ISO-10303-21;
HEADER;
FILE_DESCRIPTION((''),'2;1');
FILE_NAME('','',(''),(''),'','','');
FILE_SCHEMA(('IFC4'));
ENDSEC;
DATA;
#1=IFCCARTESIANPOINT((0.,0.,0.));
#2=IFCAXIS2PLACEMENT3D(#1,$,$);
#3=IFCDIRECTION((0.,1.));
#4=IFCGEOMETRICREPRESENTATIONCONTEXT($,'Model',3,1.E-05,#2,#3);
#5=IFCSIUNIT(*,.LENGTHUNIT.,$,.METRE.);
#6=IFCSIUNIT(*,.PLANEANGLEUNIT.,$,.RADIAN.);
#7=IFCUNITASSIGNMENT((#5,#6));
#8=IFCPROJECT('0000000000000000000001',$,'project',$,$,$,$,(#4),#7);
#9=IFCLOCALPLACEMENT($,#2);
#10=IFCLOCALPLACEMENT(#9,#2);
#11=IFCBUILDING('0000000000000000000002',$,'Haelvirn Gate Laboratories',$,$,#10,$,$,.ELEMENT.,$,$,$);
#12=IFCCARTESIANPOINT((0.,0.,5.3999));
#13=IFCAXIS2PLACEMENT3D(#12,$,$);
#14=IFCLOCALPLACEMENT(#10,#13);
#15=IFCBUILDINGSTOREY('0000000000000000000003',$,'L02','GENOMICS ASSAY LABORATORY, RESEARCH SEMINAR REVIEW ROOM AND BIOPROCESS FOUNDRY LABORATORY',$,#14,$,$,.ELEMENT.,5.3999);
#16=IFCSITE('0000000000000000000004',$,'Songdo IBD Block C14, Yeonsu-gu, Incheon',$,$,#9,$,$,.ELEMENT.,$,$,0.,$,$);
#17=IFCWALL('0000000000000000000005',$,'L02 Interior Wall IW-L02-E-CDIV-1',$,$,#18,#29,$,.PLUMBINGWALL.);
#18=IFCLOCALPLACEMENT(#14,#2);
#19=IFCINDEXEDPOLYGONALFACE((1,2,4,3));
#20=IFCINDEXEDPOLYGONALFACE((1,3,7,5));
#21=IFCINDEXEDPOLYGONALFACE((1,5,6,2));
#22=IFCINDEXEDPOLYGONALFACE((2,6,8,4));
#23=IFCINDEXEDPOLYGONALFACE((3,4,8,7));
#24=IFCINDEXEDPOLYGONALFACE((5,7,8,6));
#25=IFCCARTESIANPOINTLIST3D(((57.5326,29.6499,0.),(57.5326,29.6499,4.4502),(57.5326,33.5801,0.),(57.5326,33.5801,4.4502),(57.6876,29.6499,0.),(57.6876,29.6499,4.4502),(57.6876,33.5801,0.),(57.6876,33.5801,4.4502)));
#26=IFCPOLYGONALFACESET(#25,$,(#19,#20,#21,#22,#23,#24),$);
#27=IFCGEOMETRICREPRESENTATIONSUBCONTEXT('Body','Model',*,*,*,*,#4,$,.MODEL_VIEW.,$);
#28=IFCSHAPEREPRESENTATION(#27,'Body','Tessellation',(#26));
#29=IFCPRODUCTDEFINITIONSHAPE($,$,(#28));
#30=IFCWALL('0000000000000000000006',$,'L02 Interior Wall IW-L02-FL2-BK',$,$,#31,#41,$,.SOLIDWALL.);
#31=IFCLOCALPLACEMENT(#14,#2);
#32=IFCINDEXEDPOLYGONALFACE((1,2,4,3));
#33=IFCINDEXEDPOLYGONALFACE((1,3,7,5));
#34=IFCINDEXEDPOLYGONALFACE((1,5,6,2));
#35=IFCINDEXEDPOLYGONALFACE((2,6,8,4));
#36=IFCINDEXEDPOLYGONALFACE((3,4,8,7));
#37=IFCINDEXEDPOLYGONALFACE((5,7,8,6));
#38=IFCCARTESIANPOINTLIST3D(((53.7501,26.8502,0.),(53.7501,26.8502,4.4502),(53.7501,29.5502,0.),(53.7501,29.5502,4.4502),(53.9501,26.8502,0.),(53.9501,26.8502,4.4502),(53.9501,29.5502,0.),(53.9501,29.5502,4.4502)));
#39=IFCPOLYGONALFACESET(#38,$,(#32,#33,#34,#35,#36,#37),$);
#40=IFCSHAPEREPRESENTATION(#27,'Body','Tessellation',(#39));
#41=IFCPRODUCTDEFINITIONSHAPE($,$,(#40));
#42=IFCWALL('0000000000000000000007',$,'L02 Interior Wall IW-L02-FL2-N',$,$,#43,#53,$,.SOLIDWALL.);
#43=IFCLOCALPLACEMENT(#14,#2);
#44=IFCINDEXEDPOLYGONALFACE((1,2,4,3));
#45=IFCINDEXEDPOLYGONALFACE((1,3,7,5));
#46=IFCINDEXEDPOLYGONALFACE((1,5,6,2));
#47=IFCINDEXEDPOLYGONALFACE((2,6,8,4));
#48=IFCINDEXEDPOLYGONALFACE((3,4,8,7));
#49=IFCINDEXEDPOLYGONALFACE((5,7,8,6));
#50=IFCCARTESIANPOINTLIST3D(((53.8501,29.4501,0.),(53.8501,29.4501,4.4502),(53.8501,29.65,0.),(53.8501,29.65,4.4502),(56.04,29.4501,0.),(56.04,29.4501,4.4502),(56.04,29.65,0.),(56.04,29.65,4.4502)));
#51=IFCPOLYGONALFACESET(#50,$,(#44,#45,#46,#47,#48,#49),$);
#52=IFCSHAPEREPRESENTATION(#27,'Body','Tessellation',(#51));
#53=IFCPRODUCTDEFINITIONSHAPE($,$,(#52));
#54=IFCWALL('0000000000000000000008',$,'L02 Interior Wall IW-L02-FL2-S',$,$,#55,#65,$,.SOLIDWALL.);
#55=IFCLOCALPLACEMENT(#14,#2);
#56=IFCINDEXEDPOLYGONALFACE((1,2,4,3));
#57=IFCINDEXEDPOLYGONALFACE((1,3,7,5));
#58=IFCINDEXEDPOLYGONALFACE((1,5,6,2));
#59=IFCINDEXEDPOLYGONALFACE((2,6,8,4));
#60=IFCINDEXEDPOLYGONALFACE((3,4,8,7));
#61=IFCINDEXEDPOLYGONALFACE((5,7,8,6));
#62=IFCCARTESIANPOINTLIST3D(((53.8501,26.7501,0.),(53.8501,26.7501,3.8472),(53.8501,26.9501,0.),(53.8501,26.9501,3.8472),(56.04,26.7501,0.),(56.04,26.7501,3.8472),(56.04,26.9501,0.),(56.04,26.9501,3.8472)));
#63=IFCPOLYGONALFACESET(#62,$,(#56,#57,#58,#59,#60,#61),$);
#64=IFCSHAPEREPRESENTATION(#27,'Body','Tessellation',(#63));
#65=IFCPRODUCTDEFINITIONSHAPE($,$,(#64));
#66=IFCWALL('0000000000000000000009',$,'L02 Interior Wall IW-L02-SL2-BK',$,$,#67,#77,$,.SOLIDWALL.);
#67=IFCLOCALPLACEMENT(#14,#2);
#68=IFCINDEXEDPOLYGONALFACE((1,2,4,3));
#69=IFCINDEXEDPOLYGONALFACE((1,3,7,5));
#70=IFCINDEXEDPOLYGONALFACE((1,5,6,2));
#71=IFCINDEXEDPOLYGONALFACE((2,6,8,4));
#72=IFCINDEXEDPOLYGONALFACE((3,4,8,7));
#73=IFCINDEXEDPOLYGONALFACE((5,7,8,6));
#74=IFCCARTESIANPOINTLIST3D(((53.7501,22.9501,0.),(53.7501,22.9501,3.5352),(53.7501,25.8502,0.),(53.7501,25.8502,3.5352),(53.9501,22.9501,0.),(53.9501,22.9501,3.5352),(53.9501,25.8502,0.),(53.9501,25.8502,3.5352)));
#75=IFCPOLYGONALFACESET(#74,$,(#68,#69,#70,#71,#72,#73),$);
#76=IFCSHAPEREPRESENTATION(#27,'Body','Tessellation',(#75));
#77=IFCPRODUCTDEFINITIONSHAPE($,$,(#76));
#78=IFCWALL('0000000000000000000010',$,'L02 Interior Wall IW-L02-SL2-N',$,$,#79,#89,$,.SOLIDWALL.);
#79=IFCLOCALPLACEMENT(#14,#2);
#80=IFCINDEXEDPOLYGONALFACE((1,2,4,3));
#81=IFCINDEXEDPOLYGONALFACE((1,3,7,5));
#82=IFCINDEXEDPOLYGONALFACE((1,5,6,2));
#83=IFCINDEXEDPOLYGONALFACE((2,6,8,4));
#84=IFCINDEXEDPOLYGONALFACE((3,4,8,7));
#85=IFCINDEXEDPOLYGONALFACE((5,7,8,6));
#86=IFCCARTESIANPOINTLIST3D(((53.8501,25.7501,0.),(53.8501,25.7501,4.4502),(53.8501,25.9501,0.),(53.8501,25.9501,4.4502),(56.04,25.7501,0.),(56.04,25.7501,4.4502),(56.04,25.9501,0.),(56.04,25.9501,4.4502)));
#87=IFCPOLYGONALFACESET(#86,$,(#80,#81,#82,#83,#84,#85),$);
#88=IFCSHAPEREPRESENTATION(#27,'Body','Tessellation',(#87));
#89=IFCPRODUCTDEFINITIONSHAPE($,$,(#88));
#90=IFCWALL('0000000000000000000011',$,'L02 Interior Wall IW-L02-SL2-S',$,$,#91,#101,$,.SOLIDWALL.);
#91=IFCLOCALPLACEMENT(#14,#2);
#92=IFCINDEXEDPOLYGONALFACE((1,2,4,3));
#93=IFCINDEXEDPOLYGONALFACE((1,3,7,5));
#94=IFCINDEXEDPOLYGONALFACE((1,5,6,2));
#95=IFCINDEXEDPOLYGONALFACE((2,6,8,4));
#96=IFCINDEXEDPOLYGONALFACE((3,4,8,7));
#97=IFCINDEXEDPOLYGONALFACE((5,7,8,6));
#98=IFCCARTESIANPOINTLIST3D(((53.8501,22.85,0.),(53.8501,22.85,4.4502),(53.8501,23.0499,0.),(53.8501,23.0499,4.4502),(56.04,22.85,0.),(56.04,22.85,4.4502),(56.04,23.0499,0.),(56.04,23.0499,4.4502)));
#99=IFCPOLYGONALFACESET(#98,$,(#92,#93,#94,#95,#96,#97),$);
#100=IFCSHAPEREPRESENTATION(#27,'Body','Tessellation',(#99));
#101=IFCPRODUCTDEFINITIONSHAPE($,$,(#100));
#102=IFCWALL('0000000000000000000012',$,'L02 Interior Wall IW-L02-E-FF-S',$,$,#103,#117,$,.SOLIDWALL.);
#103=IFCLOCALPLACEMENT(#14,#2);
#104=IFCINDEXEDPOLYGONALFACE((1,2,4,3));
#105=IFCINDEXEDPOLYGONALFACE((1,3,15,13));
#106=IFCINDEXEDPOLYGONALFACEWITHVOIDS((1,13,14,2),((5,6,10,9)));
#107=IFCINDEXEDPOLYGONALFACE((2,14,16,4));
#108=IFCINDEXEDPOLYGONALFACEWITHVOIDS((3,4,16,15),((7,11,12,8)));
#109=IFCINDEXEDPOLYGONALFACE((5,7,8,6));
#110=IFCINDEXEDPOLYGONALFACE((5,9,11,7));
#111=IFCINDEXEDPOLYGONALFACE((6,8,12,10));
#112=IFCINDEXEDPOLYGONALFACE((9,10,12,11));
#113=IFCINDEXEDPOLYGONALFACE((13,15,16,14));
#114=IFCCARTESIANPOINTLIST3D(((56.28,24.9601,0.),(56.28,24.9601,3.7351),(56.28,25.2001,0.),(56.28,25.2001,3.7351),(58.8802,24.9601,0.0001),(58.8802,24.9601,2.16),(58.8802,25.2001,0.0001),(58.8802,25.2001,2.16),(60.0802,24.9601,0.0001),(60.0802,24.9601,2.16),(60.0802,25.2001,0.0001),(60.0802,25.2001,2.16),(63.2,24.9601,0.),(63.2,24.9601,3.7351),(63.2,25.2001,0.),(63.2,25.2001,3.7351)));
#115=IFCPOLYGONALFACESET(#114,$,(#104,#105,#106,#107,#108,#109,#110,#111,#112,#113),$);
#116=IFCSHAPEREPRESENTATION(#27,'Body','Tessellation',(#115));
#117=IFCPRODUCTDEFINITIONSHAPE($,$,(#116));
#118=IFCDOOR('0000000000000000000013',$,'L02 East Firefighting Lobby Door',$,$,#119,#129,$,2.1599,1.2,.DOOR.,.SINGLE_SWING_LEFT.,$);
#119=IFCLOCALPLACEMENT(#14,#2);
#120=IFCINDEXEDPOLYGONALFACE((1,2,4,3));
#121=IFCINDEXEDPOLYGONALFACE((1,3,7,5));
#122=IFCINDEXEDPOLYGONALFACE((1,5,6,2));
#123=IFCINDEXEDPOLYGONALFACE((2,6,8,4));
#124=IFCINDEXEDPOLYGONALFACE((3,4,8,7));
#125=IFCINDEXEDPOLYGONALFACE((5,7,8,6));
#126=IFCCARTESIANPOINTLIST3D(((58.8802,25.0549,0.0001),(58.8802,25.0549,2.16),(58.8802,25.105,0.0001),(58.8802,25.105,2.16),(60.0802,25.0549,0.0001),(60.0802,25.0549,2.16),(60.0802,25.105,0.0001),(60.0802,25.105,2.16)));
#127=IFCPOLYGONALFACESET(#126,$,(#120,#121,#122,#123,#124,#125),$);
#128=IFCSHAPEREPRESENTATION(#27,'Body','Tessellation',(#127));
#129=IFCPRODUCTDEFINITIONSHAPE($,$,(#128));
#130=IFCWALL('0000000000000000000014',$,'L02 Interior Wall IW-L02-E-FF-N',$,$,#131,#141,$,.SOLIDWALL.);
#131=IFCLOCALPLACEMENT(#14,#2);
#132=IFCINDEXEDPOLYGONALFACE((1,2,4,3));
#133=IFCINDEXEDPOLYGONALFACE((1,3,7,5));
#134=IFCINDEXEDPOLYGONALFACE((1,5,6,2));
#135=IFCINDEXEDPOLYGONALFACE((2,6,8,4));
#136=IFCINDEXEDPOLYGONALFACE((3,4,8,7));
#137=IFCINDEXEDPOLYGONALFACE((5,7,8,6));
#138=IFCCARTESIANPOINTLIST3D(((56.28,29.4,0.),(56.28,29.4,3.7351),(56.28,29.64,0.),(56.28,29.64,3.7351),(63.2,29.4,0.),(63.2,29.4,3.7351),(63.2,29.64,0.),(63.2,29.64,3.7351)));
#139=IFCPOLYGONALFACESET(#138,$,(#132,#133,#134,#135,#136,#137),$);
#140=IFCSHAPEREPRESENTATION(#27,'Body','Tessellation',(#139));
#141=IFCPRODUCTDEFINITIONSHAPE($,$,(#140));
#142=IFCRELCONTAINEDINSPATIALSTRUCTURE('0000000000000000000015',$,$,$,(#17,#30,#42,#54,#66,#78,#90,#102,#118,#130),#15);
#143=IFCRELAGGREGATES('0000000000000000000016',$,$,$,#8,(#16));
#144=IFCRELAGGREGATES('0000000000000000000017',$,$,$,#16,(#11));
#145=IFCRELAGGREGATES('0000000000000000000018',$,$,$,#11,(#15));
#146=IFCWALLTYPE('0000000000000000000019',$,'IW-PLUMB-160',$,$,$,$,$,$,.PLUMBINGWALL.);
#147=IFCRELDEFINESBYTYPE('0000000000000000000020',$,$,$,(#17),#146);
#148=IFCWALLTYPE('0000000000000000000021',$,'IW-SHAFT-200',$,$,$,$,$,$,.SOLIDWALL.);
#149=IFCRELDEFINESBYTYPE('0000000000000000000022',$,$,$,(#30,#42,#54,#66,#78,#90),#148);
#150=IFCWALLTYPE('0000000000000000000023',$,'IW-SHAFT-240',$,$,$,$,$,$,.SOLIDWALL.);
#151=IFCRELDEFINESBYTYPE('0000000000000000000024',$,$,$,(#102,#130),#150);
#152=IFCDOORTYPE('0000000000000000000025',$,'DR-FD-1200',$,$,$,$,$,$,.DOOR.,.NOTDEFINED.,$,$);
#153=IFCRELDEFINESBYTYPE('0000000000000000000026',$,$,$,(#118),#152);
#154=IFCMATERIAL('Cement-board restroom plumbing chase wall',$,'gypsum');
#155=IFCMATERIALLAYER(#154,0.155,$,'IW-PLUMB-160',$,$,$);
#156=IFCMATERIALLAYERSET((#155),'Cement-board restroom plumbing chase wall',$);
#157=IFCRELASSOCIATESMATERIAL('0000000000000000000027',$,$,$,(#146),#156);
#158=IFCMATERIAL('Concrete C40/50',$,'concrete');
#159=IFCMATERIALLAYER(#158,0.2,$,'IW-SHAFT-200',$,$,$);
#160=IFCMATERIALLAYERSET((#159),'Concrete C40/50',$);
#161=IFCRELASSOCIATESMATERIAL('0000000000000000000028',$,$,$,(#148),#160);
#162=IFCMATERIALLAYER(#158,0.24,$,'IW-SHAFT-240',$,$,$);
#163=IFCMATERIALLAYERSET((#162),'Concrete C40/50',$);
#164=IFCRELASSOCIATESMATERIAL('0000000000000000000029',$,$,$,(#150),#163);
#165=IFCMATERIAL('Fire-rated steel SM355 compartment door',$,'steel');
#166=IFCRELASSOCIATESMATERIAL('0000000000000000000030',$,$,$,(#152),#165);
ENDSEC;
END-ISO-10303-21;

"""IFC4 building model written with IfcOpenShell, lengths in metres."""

from ifc_helpers import new_model, si_unit, direction, frame, frame_2d, origin, place, context, subcontext, project, spatial, rectangle, extrude, source, transform, mapped, material, layer, layer_set, type_object, type_shapes, element, fill, save


model = new_model("IFC4")

# Units and contexts
model_context = context("Model", 3, precision=1e-05, world=origin(), true_north=direction((0.0, 1.0)))
body_context = subcontext(model_context, "Body", "Model", "MODEL_VIEW")
ifc_project = project(units=[si_unit("LENGTHUNIT", "METRE"), si_unit("PLANEANGLEUNIT", "RADIAN")], contexts=[model_context])

# Site, building, storey
site_placement = place(None, origin())
site = spatial("IfcSite", under=ifc_project, at=site_placement, Name="Songdo IBD Block C14, Yeonsu-gu, Incheon", CompositionType="ELEMENT", RefElevation=0.0)
building_placement = place(site_placement, origin())
building = spatial("IfcBuilding", under=site, at=building_placement, Name="Haelvirn Gate Laboratories", CompositionType="ELEMENT")
storey_placement = place(building_placement, frame((0.0, 0.0, 5.3999)))
storey = spatial("IfcBuildingStorey", under=building, at=storey_placement, Name="L02", Description="GENOMICS ASSAY LABORATORY, RESEARCH SEMINAR REVIEW ROOM AND BIOPROCESS FOUNDRY LABORATORY", CompositionType="ELEMENT", Elevation=5.3999)

# Walls
ifc_material_1 = material(Name="Cement-board restroom plumbing chase wall", Category="gypsum")
ifc_layer_1 = layer(ifc_material_1, 0.155, Name="IW-PLUMB-160")
ifc_layer_set_1 = layer_set([ifc_layer_1], Name="Cement-board restroom plumbing chase wall")
wall_type_1 = type_object("IfcWallType", Name="IW-PLUMB-160", PredefinedType="PLUMBINGWALL", material=ifc_layer_set_1)
wall_1_placement = place(storey_placement, frame((57.6101, 29.6499, 0.0), z_axis=(0.0, 0.0, 1.0), x_axis=(0.0, 1.0, 0.0)))
element("IfcWall", 1, at=wall_1_placement, inside=storey, type_object=wall_type_1, Name="L02 Interior Wall IW-L02-E-CDIV-1", PredefinedType="PLUMBINGWALL", context=body_context, shape_type="SweptSolid", body=[
    extrude(rectangle(XDim=3.9302, YDim=0.155, at=frame_2d((1.9651, 0.0))), origin(), (0.0, 0.0, 1.0), 4.4502),
])
ifc_material_2 = material(Name="Concrete C40/50", Category="concrete")
ifc_layer_2 = layer(ifc_material_2, 0.2, Name="IW-SHAFT-200")
ifc_layer_set_2 = layer_set([ifc_layer_2], Name="Concrete C40/50")
wall_type_2 = type_object("IfcWallType", Name="IW-SHAFT-200", PredefinedType="SOLIDWALL", material=ifc_layer_set_2)
wall_2_placement = place(storey_placement, frame((53.8501, 26.8501, 0.0), z_axis=(0.0, 0.0, 1.0), x_axis=(0.0, 1.0, 0.0)))
element("IfcWall", 2, at=wall_2_placement, inside=storey, type_object=wall_type_2, Name="L02 Interior Wall IW-L02-FL2-BK", PredefinedType="SOLIDWALL", context=body_context, shape_type="SweptSolid", body=[
    extrude(rectangle(XDim=2.7, YDim=0.2, at=frame_2d((1.3501, 0.0))), origin(), (0.0, 0.0, 1.0), 4.4502),
])
wall_3_placement = place(storey_placement, frame((53.8501, 29.55, 0.0), z_axis=(0.0, 0.0, 1.0), x_axis=(1.0, 0.0, 0.0)))
element("IfcWall", 3, at=wall_3_placement, inside=storey, type_object=wall_type_2, Name="L02 Interior Wall IW-L02-FL2-N", PredefinedType="SOLIDWALL", context=body_context, shape_type="SweptSolid", body=[
    extrude(rectangle(XDim=2.1899, YDim=0.2, at=frame_2d((1.095, 0.0))), origin(), (0.0, 0.0, 1.0), 4.4502),
])
wall_4_placement = place(storey_placement, frame((53.8501, 26.8501, 0.0), z_axis=(0.0, 0.0, 1.0), x_axis=(1.0, 0.0, 0.0)))
element("IfcWall", 4, at=wall_4_placement, inside=storey, type_object=wall_type_2, Name="L02 Interior Wall IW-L02-FL2-S", PredefinedType="SOLIDWALL", context=body_context, shape_type="SweptSolid", body=[
    extrude(rectangle(XDim=2.1899, YDim=0.2, at=frame_2d((1.095, 0.0))), origin(), (0.0, 0.0, 1.0), 3.8472),
])
wall_5_placement = place(storey_placement, frame((53.8501, 22.95, 0.0), z_axis=(0.0, 0.0, 1.0), x_axis=(0.0, 1.0, 0.0)))
element("IfcWall", 5, at=wall_5_placement, inside=storey, type_object=wall_type_2, Name="L02 Interior Wall IW-L02-SL2-BK", PredefinedType="SOLIDWALL", context=body_context, shape_type="SweptSolid", body=[
    extrude(rectangle(XDim=2.9001, YDim=0.2, at=frame_2d((1.4502, 0.0))), origin(), (0.0, 0.0, 1.0), 3.5352),
])
for number, where, z_axis, x_axis, name in (
    (6, (53.8501, 25.8501, 0.0), (0.0, 0.0, 1.0), (1.0, 0.0, 0.0), "L02 Interior Wall IW-L02-SL2-N"),
    (7, (53.8501, 22.95, 0.0), (0.0, 0.0, 1.0), (1.0, 0.0, 0.0), "L02 Interior Wall IW-L02-SL2-S"),
):
    element("IfcWall", number, at=place(storey_placement, frame(where, z_axis=z_axis, x_axis=x_axis)), inside=storey, type_object=wall_type_2, Name=name, PredefinedType="SOLIDWALL", context=body_context, shape_type="SweptSolid", body=[
        extrude(rectangle(XDim=2.1899, YDim=0.2, at=frame_2d((1.095, 0.0))), origin(), (0.0, 0.0, 1.0), 4.4502),
    ])

# Wall, opening, door
ifc_layer_3 = layer(ifc_material_2, 0.24, Name="IW-SHAFT-240")
ifc_layer_set_3 = layer_set([ifc_layer_3], Name="Concrete C40/50")
wall_type_3 = type_object("IfcWallType", Name="IW-SHAFT-240", PredefinedType="SOLIDWALL", material=ifc_layer_set_3)
wall_6_placement = place(storey_placement, frame((56.28, 25.0801, 0.0), z_axis=(0.0, 0.0, 1.0), x_axis=(1.0, 0.0, 0.0)))
wall_6 = element("IfcWall", 8, at=wall_6_placement, inside=storey, type_object=wall_type_3, Name="L02 Interior Wall IW-L02-E-FF-S", PredefinedType="SOLIDWALL", context=body_context, shape_type="SweptSolid", body=[
    extrude(rectangle(XDim=6.9199, YDim=0.24, at=frame_2d((3.46, 0.0))), origin(), (0.0, 0.0, 1.0), 3.7351),
])
opening_1_placement = place(wall_6_placement, frame((2.6001, 0.0, 0.0)))
opening_1 = element("IfcOpeningElement", 9, at=opening_1_placement, cuts=wall_6, PredefinedType="OPENING", context=body_context, shape_type="SweptSolid", body=[
    extrude(rectangle(XDim=1.2, YDim=2.1599, at=frame_2d((0.6001, 1.0801))), frame((0.0, 0.1299, 0.0), z_axis=(0.0, -1.0, 0.0), x_axis=(1.0, 0.0, 0.0)), (0.0, 0.0, 1.0), 0.26),
])
ifc_material_3 = material(Name="Fire-rated steel SM355 compartment door", Category="steel")
door_type_1 = type_object("IfcDoorType", Name="DR-FD-1200", OperationType="NOTDEFINED", PredefinedType="DOOR", material=ifc_material_3)
shared_shape_1 = source(origin(), body_context, "Body", "SweptSolid", [
    extrude(rectangle(XDim=1.2, YDim=2.1599, at=frame_2d((0.6001, 1.0801))), frame((0.0, 0.0249, 0.0), z_axis=(0.0, -1.0, 0.0), x_axis=(1.0, 0.0, 0.0)), (0.0, 0.0, 1.0), 0.05),
])
type_shapes(door_type_1, [shared_shape_1])
door_1_placement = place(opening_1_placement, origin())
door_1 = element("IfcDoor", 10, at=door_1_placement, inside=storey, type_object=door_type_1, Name="L02 East Firefighting Lobby Door", OperationType="SINGLE_SWING_LEFT", OverallHeight=2.1599, OverallWidth=1.2, PredefinedType="DOOR", context=body_context, shape_type="MappedRepresentation", body=[
    mapped(shared_shape_1, transform((0.0, 0.0, 0.0), scale=1.0)),
])
fill(opening_1, door_1)

# Wall
wall_7_placement = place(storey_placement, frame((56.28, 29.52, 0.0), z_axis=(0.0, 0.0, 1.0), x_axis=(1.0, 0.0, 0.0)))
element("IfcWall", 11, at=wall_7_placement, inside=storey, type_object=wall_type_3, Name="L02 Interior Wall IW-L02-E-FF-N", PredefinedType="SOLIDWALL", context=body_context, shape_type="SweptSolid", body=[
    extrude(rectangle(XDim=6.9199, YDim=0.24, at=frame_2d((3.46, 0.0))), origin(), (0.0, 0.0, 1.0), 3.7351),
])

save(model, "model.ifc")
